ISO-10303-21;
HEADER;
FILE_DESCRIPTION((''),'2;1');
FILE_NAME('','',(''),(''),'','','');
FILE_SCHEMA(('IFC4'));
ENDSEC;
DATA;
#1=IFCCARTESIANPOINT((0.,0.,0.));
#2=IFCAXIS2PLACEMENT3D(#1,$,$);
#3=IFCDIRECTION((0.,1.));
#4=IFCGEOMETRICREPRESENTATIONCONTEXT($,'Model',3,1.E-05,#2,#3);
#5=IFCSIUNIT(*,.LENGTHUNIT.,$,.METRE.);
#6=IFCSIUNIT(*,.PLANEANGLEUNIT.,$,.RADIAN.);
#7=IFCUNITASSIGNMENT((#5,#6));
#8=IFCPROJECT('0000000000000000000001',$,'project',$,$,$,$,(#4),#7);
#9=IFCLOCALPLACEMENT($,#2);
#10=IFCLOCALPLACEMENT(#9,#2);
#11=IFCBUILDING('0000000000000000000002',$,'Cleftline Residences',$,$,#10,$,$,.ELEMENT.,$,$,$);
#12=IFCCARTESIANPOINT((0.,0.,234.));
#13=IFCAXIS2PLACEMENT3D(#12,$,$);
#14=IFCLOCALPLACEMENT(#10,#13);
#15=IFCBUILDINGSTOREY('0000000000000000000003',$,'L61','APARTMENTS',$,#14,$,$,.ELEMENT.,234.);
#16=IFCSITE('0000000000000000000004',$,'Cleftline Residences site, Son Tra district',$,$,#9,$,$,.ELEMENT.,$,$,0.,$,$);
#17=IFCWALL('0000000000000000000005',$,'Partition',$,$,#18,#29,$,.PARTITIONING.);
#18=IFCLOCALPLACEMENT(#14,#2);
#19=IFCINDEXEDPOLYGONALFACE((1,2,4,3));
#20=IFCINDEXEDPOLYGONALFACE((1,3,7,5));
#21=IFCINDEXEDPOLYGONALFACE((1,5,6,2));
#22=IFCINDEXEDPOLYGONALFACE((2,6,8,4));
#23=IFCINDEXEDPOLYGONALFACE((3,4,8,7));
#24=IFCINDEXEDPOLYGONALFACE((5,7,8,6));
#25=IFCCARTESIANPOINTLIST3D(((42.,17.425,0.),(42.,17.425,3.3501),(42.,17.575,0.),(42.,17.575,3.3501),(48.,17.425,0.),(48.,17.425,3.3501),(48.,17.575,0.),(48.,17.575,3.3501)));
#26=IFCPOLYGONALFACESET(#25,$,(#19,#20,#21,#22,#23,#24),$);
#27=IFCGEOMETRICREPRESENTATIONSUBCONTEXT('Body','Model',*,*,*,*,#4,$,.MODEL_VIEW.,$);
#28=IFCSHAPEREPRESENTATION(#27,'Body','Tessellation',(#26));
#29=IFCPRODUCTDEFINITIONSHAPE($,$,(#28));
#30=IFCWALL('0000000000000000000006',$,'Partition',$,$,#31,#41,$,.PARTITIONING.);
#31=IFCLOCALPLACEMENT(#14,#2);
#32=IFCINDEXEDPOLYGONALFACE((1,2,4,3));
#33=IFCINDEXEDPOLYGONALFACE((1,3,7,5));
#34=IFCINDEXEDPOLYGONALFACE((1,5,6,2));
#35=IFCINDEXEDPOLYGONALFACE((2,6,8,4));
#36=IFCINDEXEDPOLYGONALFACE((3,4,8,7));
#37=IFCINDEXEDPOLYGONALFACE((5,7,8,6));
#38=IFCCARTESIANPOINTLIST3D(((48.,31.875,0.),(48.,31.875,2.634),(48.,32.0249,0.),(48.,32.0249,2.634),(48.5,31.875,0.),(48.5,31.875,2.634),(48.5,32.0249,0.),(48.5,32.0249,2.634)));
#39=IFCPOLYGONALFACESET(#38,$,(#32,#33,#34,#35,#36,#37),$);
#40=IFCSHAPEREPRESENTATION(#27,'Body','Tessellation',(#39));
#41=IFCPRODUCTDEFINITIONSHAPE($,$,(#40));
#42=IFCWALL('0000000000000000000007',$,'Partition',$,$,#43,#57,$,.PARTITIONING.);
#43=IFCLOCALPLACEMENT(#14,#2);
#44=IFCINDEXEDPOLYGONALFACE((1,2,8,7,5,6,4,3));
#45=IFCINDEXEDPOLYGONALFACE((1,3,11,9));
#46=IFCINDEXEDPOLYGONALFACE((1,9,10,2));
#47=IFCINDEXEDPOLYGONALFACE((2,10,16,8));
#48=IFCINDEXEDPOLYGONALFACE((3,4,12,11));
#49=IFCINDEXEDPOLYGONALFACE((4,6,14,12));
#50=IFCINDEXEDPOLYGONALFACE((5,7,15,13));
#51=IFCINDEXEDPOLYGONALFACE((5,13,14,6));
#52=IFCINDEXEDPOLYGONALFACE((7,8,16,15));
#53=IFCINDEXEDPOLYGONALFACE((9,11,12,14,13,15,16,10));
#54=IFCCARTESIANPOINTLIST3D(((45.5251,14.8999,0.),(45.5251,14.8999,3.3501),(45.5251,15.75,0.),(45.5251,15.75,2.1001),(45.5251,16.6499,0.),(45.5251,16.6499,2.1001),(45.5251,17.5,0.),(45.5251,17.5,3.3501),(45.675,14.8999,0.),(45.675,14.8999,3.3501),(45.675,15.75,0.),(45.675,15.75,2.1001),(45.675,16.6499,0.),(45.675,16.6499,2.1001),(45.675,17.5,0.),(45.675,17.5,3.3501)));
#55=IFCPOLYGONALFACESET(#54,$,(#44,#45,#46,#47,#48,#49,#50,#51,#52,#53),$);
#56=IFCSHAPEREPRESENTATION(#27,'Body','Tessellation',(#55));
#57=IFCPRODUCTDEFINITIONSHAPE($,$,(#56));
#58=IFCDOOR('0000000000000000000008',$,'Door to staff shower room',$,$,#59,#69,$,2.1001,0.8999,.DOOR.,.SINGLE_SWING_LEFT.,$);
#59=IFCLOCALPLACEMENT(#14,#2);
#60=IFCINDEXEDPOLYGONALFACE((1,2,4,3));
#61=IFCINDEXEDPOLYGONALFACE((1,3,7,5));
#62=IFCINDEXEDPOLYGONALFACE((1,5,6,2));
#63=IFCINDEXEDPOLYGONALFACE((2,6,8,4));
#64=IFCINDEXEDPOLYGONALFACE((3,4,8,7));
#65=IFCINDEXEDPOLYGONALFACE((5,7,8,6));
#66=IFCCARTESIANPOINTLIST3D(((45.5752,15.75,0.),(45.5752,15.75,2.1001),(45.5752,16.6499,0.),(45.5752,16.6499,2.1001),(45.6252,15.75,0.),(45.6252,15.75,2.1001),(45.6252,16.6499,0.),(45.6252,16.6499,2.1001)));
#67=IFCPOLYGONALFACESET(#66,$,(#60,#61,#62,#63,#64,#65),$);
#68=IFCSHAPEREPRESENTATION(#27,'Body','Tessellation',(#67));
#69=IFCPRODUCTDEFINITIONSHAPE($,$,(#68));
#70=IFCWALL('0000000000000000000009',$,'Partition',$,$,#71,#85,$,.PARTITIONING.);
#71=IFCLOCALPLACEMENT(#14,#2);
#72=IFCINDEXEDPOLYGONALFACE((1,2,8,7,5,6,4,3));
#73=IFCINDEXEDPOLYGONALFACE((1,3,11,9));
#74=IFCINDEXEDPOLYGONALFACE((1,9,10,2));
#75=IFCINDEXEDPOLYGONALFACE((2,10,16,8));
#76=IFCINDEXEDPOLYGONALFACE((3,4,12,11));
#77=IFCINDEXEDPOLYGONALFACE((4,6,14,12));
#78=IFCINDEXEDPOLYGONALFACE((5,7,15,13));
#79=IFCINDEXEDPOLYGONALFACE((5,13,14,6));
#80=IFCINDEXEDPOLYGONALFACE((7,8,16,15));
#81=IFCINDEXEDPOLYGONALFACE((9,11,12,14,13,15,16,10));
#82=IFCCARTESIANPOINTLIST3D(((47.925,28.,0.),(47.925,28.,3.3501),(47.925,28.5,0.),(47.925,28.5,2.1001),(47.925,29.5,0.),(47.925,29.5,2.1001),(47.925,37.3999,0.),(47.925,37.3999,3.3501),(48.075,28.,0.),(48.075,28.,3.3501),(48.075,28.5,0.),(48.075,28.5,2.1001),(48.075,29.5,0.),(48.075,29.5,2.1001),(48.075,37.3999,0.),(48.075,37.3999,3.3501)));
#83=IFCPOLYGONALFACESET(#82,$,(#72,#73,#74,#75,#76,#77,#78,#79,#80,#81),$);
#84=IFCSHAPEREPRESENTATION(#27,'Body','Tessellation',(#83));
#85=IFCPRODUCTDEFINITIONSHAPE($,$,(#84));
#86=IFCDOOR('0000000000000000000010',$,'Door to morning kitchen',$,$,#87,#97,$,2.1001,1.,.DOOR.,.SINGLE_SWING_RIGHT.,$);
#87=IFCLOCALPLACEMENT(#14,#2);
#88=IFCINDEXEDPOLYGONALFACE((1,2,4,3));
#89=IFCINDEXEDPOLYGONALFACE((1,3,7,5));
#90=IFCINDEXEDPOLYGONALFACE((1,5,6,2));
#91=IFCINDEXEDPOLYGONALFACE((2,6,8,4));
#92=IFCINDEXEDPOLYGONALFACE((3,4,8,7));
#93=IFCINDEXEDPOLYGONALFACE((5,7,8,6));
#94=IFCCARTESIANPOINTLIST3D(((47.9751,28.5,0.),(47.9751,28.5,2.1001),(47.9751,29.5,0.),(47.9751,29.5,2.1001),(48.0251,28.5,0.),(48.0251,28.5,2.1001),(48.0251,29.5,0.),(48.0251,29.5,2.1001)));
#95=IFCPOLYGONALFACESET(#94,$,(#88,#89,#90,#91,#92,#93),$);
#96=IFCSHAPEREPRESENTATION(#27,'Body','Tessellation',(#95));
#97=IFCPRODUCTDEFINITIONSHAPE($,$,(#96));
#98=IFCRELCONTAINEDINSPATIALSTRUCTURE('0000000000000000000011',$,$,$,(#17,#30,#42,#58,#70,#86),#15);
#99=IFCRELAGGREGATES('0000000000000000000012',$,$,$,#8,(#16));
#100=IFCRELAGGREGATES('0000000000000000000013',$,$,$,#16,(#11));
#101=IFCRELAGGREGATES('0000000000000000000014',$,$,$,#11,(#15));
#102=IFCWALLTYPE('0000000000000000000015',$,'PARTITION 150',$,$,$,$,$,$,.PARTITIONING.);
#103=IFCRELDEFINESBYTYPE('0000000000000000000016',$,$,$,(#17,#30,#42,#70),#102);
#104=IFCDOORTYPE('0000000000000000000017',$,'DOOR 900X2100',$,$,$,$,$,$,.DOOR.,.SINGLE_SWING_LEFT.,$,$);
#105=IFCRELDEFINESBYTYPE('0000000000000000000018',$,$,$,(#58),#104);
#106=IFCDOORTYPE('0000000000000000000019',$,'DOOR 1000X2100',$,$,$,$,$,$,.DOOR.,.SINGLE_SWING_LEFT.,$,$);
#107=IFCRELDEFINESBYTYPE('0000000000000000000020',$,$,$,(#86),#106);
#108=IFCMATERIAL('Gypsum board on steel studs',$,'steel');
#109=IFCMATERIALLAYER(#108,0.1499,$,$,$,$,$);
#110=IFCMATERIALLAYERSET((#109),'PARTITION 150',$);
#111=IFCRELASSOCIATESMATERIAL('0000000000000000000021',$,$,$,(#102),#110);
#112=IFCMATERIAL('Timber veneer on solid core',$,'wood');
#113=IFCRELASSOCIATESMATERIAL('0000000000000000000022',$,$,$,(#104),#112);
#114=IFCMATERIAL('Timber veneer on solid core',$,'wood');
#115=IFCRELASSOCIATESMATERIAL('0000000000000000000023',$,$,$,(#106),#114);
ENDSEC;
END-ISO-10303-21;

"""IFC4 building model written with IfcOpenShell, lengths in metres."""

from ifc_helpers import new_model, si_unit, direction, frame, frame_2d, origin, place, context, subcontext, project, spatial, rectangle, extrude, material, layer, layer_set, type_object, element, fill, save


model = new_model("IFC4")

# Units and contexts
model_context = context("Model", 3, precision=1e-05, world=origin(), true_north=direction((0.0, 1.0)))
body_context = subcontext(model_context, "Body", "Model", "MODEL_VIEW")
ifc_project = project(units=[si_unit("LENGTHUNIT", "METRE"), si_unit("PLANEANGLEUNIT", "RADIAN")], contexts=[model_context])

# Site, building, storey
site_placement = place(None, origin())
site = spatial("IfcSite", under=ifc_project, at=site_placement, Name="Cleftline Residences site, Son Tra district", CompositionType="ELEMENT", RefElevation=0.0)
building_placement = place(site_placement, origin())
building = spatial("IfcBuilding", under=site, at=building_placement, Name="Cleftline Residences", CompositionType="ELEMENT")
storey_placement = place(building_placement, frame((0.0, 0.0, 234.0)))
storey = spatial("IfcBuildingStorey", under=building, at=storey_placement, Name="L61", Description="APARTMENTS", CompositionType="ELEMENT", Elevation=234.0)

# Walls
ifc_material_1 = material(Name="Gypsum board on steel studs", Category="steel")
ifc_layer_1 = layer(ifc_material_1, 0.1499)
ifc_layer_set_1 = layer_set([ifc_layer_1], Name="PARTITION 150")
wall_type_1 = type_object("IfcWallType", Name="PARTITION 150", PredefinedType="PARTITIONING", material=ifc_layer_set_1)
wall_1_placement = place(storey_placement, frame((42.0, 17.5, 0.0), z_axis=(0.0, 0.0, 1.0), x_axis=(1.0, 0.0, 0.0)))
element("IfcWall", 1, at=wall_1_placement, inside=storey, type_object=wall_type_1, Name="Partition", PredefinedType="PARTITIONING", context=body_context, shape_type="SweptSolid", body=[
    extrude(rectangle(XDim=6.0, YDim=0.1499, at=frame_2d((3.0, 0.0))), origin(), (0.0, 0.0, 1.0), 3.3501),
])
wall_2_placement = place(storey_placement, frame((48.0, 31.95, 0.0), z_axis=(0.0, 0.0, 1.0), x_axis=(1.0, 0.0, 0.0)))
element("IfcWall", 2, at=wall_2_placement, inside=storey, type_object=wall_type_1, Name="Partition", PredefinedType="PARTITIONING", context=body_context, shape_type="SweptSolid", body=[
    extrude(rectangle(XDim=0.5, YDim=0.1499, at=frame_2d((0.25, 0.0))), origin(), (0.0, 0.0, 1.0), 2.634),
])

# Walls, openings, doors
wall_3_placement = place(storey_placement, frame((45.6001, 14.8999, 0.0), z_axis=(0.0, 0.0, 1.0), x_axis=(0.0, 1.0, 0.0)))
wall_3 = element("IfcWall", 3, at=wall_3_placement, inside=storey, type_object=wall_type_1, Name="Partition", PredefinedType="PARTITIONING", context=body_context, shape_type="SweptSolid", body=[
    extrude(rectangle(XDim=2.6001, YDim=0.1499, at=frame_2d((1.3, 0.0))), origin(), (0.0, 0.0, 1.0), 3.3501),
])
opening_1_placement = place(wall_3_placement, frame((0.8501, 0.0, 0.0)))
opening_1 = element("IfcOpeningElement", 4, at=opening_1_placement, cuts=wall_3, PredefinedType="OPENING", context=body_context, shape_type="SweptSolid", body=[
    extrude(rectangle(XDim=0.8999, YDim=2.1001, at=frame_2d((0.45, 1.05))), frame((0.0, 0.085, 0.0), z_axis=(0.0, -1.0, 0.0), x_axis=(1.0, 0.0, 0.0)), (0.0, 0.0, 1.0), 0.1699),
])
ifc_material_2 = material(Name="Timber veneer on solid core", Category="wood")
door_type_1 = type_object("IfcDoorType", Name="DOOR 900X2100", OperationType="SINGLE_SWING_LEFT", PredefinedType="DOOR", material=ifc_material_2)
door_1_placement = place(opening_1_placement, origin())
door_1 = element("IfcDoor", 5, at=door_1_placement, inside=storey, type_object=door_type_1, Name="Door to staff shower room", OperationType="SINGLE_SWING_LEFT", OverallHeight=2.1001, OverallWidth=0.8999, PredefinedType="DOOR", context=body_context, shape_type="SweptSolid", body=[
    extrude(rectangle(XDim=0.8999, YDim=2.1001, at=frame_2d((0.45, 1.05))), frame((0.0, 0.0249, 0.0), z_axis=(0.0, -1.0, 0.0), x_axis=(1.0, 0.0, 0.0)), (0.0, 0.0, 1.0), 0.05),
])
fill(opening_1, door_1)
wall_4_placement = place(storey_placement, frame((48.0, 28.0, 0.0), z_axis=(0.0, 0.0, 1.0), x_axis=(0.0, 1.0, 0.0)))
wall_4 = element("IfcWall", 6, at=wall_4_placement, inside=storey, type_object=wall_type_1, Name="Partition", PredefinedType="PARTITIONING", context=body_context, shape_type="SweptSolid", body=[
    extrude(rectangle(XDim=9.3999, YDim=0.1499, at=frame_2d((4.7, 0.0))), origin(), (0.0, 0.0, 1.0), 3.3501),
])
opening_2_placement = place(wall_4_placement, frame((0.5, 0.0, 0.0)))
opening_2 = element("IfcOpeningElement", 7, at=opening_2_placement, cuts=wall_4, PredefinedType="OPENING", context=body_context, shape_type="SweptSolid", body=[
    extrude(rectangle(XDim=1.0, YDim=2.1001, at=frame_2d((0.5, 1.05))), frame((0.0, 0.085, 0.0), z_axis=(0.0, -1.0, 0.0), x_axis=(1.0, 0.0, 0.0)), (0.0, 0.0, 1.0), 0.1699),
])
ifc_material_3 = material(Name="Timber veneer on solid core", Category="wood")
door_type_2 = type_object("IfcDoorType", Name="DOOR 1000X2100", OperationType="SINGLE_SWING_LEFT", PredefinedType="DOOR", material=ifc_material_3)
door_2_placement = place(opening_2_placement, origin())
door_2 = element("IfcDoor", 8, at=door_2_placement, inside=storey, type_object=door_type_2, Name="Door to morning kitchen", OperationType="SINGLE_SWING_RIGHT", OverallHeight=2.1001, OverallWidth=1.0, PredefinedType="DOOR", context=body_context, shape_type="SweptSolid", body=[
    extrude(rectangle(XDim=1.0, YDim=2.1001, at=frame_2d((0.5, 1.05))), frame((0.0, 0.0249, 0.0), z_axis=(0.0, -1.0, 0.0), x_axis=(1.0, 0.0, 0.0)), (0.0, 0.0, 1.0), 0.05),
])
fill(opening_2, door_2)

save(model, "model.ifc")
